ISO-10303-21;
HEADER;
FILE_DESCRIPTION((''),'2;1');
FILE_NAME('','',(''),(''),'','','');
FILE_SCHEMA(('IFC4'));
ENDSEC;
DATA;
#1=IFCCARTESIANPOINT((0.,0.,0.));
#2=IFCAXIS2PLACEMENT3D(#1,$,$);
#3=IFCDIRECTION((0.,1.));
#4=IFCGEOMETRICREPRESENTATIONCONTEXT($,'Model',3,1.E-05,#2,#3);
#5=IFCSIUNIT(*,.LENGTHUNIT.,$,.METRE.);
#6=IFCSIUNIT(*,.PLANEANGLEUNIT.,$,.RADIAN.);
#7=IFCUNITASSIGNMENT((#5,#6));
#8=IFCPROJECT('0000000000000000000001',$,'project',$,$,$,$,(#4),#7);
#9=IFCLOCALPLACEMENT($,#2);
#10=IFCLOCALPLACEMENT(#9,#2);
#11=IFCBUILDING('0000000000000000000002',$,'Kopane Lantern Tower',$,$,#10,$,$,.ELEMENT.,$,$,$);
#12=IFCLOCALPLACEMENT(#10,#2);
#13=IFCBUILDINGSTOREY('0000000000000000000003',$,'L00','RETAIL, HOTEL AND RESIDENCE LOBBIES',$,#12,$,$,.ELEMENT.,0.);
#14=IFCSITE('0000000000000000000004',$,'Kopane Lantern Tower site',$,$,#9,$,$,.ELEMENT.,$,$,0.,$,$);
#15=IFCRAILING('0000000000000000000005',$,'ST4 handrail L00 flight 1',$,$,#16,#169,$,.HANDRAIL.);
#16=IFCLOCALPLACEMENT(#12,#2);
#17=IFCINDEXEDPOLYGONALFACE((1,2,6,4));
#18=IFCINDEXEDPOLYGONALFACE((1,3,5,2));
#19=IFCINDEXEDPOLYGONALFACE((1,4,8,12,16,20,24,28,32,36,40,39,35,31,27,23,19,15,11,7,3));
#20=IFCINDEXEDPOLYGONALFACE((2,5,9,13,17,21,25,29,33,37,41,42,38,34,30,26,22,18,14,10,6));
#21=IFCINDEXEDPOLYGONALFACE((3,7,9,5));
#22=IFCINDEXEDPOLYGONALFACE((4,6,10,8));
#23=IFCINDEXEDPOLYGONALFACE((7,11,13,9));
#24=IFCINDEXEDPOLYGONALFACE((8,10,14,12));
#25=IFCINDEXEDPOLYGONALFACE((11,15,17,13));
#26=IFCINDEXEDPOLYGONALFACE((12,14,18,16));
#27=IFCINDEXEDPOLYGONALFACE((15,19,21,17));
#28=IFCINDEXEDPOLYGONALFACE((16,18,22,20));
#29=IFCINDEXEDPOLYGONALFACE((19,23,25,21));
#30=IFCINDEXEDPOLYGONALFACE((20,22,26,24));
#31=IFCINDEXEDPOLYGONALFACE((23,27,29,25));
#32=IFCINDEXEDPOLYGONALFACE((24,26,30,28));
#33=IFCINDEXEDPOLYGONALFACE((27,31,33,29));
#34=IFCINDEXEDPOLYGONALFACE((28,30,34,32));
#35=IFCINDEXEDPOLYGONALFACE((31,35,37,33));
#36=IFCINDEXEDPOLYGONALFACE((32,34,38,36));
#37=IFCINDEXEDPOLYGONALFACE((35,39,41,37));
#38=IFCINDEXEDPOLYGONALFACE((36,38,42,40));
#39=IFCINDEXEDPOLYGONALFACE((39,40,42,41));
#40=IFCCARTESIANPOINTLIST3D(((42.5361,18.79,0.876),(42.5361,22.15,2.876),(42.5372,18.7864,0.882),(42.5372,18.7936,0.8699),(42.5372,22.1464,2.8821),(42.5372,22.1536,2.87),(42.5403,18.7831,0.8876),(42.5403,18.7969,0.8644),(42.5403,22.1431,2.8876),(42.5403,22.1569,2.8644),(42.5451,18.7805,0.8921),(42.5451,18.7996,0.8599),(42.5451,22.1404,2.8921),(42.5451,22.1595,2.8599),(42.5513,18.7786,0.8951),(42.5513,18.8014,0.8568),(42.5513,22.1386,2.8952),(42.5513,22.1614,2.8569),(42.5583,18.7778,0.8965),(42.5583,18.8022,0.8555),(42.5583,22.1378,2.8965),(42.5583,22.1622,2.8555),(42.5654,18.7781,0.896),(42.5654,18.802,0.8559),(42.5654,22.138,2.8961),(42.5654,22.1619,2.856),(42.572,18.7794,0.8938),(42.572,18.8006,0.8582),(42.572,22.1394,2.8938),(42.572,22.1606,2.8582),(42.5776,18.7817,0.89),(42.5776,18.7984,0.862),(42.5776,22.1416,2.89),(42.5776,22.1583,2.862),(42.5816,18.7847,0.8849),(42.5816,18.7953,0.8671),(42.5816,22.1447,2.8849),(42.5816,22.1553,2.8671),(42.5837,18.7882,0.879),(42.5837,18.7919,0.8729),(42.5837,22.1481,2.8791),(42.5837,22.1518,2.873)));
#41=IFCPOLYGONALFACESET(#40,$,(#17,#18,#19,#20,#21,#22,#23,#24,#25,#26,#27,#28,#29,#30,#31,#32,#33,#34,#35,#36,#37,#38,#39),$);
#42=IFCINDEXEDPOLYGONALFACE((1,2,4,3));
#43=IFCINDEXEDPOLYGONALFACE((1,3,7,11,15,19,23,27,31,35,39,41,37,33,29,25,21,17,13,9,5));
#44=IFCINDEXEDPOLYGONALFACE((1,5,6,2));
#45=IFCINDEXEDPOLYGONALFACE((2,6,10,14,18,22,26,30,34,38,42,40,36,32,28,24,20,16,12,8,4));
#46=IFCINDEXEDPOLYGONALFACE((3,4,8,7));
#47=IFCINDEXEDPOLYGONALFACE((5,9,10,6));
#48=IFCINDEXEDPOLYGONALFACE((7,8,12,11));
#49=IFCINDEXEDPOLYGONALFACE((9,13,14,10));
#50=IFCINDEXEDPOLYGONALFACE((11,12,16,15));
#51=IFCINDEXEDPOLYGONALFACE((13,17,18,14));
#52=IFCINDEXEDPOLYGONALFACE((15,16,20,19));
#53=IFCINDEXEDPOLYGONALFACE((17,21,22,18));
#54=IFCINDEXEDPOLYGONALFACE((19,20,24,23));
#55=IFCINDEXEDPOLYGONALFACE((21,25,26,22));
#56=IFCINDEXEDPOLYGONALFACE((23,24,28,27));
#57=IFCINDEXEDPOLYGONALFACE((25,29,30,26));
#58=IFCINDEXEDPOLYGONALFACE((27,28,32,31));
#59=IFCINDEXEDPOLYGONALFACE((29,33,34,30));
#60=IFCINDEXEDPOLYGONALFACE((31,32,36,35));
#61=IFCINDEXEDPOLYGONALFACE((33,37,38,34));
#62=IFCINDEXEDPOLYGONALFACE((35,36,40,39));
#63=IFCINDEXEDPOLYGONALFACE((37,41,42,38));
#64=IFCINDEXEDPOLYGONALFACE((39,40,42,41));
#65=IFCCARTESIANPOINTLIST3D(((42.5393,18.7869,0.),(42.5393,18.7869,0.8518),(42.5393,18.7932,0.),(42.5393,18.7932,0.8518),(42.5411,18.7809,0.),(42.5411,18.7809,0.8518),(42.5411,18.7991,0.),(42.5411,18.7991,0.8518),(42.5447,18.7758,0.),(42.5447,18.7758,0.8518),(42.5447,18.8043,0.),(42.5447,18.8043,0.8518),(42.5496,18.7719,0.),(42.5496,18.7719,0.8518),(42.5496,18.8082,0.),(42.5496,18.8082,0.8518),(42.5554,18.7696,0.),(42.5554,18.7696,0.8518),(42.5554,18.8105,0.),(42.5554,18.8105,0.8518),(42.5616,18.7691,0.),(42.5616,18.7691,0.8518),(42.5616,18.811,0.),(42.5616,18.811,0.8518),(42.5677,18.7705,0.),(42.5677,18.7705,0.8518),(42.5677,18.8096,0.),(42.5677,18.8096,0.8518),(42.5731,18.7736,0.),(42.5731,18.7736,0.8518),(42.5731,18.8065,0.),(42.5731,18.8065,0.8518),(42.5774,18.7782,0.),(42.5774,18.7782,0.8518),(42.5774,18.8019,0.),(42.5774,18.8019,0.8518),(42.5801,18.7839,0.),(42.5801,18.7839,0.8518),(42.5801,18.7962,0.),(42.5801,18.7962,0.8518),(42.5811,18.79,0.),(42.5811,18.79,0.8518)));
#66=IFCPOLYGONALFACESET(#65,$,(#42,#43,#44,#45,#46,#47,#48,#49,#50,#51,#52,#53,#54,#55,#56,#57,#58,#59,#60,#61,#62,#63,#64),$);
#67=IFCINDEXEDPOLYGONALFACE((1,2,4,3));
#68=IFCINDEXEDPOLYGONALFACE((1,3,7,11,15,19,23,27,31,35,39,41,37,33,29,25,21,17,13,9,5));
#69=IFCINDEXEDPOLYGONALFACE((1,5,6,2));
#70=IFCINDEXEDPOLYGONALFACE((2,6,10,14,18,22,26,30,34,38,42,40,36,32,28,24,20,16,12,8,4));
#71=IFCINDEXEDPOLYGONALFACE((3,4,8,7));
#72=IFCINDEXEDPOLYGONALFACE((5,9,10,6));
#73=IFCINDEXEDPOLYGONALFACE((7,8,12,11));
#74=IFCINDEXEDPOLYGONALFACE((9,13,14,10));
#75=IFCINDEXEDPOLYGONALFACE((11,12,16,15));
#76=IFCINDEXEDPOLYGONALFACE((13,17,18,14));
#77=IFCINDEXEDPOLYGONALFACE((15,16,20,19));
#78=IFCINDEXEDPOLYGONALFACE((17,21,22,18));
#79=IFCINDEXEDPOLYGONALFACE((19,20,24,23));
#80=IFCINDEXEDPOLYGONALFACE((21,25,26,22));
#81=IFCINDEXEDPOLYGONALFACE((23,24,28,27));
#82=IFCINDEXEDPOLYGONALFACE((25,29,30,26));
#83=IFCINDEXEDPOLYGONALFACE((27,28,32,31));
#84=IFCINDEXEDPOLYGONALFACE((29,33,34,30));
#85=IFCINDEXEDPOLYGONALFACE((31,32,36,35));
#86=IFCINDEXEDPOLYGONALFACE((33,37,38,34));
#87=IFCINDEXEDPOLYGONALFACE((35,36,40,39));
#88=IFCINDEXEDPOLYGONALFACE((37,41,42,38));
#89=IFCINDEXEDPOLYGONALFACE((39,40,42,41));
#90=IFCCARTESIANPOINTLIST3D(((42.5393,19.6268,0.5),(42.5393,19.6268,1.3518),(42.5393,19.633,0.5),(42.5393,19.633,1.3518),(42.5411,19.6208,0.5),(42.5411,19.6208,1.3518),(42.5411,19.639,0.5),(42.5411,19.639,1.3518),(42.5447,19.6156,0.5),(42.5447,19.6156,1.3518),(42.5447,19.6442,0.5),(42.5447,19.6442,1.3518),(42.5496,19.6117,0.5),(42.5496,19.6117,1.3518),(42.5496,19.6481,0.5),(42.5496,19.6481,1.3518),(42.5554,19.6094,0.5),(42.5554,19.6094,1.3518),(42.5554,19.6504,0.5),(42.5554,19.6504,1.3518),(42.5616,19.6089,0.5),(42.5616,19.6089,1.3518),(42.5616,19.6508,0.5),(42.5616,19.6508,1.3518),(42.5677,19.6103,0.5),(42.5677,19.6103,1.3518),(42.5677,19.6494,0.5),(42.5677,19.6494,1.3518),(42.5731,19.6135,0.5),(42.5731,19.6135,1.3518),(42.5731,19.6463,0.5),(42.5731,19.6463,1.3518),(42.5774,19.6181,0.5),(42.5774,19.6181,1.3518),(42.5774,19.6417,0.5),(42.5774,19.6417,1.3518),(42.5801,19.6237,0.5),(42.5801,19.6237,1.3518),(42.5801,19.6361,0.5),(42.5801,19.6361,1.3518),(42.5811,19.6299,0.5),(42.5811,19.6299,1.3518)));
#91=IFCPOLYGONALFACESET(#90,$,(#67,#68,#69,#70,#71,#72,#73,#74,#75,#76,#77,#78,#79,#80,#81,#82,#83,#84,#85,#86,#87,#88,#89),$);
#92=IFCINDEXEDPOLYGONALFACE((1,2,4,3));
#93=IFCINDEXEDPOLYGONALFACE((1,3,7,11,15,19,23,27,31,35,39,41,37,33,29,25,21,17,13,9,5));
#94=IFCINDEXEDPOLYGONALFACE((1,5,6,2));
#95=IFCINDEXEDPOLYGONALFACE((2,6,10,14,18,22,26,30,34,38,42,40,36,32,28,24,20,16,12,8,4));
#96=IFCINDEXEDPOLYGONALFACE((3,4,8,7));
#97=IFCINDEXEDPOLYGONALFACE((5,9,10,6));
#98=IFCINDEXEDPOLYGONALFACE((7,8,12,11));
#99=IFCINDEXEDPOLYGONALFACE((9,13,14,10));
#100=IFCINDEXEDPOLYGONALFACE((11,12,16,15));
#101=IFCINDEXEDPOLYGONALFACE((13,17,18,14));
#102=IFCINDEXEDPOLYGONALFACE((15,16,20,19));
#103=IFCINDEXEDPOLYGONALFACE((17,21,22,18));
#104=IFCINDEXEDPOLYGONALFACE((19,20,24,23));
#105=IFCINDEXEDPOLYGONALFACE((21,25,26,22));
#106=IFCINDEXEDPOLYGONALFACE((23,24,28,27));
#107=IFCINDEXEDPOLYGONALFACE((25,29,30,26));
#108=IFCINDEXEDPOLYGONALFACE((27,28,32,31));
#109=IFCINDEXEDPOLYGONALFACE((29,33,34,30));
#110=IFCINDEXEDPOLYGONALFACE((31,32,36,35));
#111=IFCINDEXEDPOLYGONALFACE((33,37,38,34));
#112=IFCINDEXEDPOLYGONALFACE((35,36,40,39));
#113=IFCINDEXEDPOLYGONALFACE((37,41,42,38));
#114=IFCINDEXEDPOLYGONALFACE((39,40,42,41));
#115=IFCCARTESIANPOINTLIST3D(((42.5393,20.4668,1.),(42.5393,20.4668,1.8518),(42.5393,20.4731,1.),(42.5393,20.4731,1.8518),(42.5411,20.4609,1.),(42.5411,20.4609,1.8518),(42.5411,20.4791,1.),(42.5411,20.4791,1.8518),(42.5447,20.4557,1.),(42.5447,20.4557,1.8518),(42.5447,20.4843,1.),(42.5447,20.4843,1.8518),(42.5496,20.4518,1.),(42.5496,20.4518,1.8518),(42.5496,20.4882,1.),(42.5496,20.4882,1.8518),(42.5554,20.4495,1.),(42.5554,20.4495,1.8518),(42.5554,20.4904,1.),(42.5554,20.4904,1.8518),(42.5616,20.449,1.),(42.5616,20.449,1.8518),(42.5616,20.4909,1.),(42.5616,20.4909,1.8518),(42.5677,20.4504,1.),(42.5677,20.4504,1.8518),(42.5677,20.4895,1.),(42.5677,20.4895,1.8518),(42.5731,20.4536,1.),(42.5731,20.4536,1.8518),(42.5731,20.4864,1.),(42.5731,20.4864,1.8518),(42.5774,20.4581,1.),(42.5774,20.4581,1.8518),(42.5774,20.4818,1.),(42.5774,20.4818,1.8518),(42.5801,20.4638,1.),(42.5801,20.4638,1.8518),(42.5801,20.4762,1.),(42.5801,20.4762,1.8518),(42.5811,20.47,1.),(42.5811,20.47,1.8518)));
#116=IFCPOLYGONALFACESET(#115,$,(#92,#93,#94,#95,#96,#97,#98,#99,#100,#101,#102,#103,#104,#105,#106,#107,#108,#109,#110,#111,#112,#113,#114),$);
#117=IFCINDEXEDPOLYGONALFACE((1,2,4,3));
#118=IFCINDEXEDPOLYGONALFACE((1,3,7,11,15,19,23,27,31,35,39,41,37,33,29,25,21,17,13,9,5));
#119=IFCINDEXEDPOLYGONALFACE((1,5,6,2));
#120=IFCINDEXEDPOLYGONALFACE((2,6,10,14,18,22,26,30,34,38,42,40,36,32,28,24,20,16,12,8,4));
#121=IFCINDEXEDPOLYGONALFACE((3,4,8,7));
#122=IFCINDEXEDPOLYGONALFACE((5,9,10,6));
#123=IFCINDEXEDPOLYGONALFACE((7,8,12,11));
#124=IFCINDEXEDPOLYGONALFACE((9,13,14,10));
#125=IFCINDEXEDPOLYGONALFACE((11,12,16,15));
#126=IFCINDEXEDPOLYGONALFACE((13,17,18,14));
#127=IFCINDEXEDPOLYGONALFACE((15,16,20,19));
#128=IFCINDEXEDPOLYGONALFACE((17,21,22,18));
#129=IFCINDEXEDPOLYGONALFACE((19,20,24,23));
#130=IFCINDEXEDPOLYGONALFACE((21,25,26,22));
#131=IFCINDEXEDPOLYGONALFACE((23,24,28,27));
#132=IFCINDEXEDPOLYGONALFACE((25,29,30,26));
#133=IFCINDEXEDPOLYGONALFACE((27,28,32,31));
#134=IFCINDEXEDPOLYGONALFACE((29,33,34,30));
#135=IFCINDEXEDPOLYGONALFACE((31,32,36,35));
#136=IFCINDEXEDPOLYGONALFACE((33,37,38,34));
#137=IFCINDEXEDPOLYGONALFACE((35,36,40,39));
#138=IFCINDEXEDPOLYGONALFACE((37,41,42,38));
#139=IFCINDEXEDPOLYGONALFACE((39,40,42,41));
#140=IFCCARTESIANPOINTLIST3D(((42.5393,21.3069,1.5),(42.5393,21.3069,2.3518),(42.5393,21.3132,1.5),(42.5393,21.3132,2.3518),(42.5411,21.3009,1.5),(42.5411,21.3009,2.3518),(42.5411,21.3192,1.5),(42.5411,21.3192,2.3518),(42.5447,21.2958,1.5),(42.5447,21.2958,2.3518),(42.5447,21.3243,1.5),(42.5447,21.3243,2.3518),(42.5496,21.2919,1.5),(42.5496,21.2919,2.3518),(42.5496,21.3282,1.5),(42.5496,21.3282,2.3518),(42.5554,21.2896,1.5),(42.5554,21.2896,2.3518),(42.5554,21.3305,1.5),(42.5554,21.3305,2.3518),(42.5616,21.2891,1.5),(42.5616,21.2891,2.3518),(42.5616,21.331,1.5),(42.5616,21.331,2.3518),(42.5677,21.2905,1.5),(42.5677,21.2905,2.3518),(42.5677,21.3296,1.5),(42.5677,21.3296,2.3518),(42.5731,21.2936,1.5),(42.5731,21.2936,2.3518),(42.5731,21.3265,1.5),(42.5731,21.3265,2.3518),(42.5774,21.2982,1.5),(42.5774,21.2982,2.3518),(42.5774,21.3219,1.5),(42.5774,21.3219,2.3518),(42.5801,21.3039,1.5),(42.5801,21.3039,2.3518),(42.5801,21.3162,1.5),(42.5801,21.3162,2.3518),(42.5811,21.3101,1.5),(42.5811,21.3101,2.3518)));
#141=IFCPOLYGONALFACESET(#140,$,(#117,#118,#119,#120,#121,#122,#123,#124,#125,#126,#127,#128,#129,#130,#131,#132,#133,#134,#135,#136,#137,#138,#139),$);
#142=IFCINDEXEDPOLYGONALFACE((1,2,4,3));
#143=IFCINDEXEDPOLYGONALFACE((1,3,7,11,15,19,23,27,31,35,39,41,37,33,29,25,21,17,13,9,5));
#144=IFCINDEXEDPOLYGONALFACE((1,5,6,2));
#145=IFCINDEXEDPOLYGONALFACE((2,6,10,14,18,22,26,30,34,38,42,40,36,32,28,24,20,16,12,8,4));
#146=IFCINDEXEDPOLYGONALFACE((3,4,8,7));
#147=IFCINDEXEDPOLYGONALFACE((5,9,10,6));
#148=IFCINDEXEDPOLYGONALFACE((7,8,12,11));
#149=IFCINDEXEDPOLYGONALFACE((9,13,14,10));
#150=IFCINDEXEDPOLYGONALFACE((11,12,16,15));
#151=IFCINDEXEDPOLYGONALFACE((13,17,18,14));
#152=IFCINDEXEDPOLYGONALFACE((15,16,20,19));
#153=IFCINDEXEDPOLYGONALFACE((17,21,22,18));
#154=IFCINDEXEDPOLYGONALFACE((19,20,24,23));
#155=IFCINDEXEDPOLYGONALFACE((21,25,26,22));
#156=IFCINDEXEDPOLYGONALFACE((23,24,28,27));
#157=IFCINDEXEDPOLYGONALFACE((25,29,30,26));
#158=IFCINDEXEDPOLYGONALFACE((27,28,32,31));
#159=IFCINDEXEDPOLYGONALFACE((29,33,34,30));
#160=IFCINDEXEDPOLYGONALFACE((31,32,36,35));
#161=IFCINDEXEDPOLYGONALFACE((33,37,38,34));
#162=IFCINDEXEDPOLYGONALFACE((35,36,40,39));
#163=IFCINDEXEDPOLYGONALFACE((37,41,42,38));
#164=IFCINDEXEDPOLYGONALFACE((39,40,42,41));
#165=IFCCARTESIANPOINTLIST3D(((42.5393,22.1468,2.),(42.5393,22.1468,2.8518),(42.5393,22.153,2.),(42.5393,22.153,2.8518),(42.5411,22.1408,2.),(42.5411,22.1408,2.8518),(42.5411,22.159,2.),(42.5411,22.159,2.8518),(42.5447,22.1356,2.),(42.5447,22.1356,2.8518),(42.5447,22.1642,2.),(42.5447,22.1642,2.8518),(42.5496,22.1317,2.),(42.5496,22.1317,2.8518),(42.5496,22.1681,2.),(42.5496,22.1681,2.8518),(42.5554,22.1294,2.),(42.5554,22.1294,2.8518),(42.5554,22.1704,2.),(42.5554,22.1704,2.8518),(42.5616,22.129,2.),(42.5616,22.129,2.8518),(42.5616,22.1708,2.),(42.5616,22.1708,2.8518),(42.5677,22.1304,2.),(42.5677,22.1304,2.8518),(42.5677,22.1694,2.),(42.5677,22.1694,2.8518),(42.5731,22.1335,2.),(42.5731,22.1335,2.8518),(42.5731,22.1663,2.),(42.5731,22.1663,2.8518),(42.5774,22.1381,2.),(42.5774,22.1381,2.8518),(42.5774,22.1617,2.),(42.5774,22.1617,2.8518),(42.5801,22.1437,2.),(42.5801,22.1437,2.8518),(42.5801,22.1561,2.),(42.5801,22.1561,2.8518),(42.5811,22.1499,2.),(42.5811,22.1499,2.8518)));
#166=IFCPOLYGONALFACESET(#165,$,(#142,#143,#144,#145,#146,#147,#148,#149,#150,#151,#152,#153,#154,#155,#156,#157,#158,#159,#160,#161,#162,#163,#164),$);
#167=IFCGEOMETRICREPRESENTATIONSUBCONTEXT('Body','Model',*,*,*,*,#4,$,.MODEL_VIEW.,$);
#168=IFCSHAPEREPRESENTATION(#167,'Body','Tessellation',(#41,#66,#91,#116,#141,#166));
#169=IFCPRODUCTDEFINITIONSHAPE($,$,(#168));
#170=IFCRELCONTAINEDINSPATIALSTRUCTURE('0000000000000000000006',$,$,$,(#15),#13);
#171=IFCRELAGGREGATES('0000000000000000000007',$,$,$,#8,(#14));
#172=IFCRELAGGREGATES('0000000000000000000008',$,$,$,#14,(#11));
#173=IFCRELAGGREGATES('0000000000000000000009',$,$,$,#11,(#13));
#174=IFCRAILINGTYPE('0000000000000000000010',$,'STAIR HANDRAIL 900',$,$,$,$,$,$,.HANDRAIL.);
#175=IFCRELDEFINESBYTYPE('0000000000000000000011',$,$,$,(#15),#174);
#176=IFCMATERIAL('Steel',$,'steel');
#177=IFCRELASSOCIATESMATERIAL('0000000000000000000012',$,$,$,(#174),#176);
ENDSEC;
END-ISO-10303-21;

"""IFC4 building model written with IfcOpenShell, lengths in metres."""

from ifc_helpers import new_model, si_unit, direction, frame, origin, origin_2d, place, context, subcontext, project, spatial, circle, extrude, material, type_object, element, save


model = new_model("IFC4")

# Units and contexts
model_context = context("Model", 3, precision=1e-05, world=origin(), true_north=direction((0.0, 1.0)))
body_context = subcontext(model_context, "Body", "Model", "MODEL_VIEW")
ifc_project = project(units=[si_unit("LENGTHUNIT", "METRE"), si_unit("PLANEANGLEUNIT", "RADIAN")], contexts=[model_context])

# Site, building, storey
site_placement = place(None, origin())
site = spatial("IfcSite", under=ifc_project, at=site_placement, Name="Kopane Lantern Tower site", CompositionType="ELEMENT", RefElevation=0.0)
building_placement = place(site_placement, origin())
building = spatial("IfcBuilding", under=site, at=building_placement, Name="Kopane Lantern Tower", CompositionType="ELEMENT")
storey_placement = place(building_placement, origin())
storey = spatial("IfcBuildingStorey", under=building, at=storey_placement, Name="L00", Description="RETAIL, HOTEL AND RESIDENCE LOBBIES", CompositionType="ELEMENT", Elevation=0.0)

# Railing
ifc_material_1 = material(Name="Steel", Category="steel")
railing_type_1 = type_object("IfcRailingType", Name="STAIR HANDRAIL 900", PredefinedType="HANDRAIL", material=ifc_material_1)
for number, where, name in (
    (1, (42.5601, 18.79, 0.0), "ST4 handrail L00 flight 1"),
):
    element("IfcRailing", number, at=place(storey_placement, frame(where)), inside=storey, type_object=railing_type_1, Name=name, PredefinedType="HANDRAIL", context=body_context, shape_type="SweptSolid", body=[
        extrude(circle(Radius=0.0239, at=origin_2d()), frame((0.0, 0.0, 0.876), z_axis=(0.0, 0.859284, 0.511499), x_axis=(-1.0, 0.0, 0.0)), (0.0, 0.0, 1.0), 3.9102),
        extrude(circle(Radius=0.021, at=origin_2d()), origin(), (0.0, 0.0, 1.0), 0.8518),
        extrude(circle(Radius=0.021, at=origin_2d()), frame((0.0, 0.8398, 0.5)), (0.0, 0.0, 1.0), 0.8518),
        extrude(circle(Radius=0.021, at=origin_2d()), frame((0.0, 1.6799, 1.0)), (0.0, 0.0, 1.0), 0.8518),
        extrude(circle(Radius=0.021, at=origin_2d()), frame((0.0, 2.52, 1.5)), (0.0, 0.0, 1.0), 0.8518),
        extrude(circle(Radius=0.021, at=origin_2d()), frame((0.0, 3.3599, 2.0)), (0.0, 0.0, 1.0), 0.8518),
    ])

save(model, "model.ifc")
